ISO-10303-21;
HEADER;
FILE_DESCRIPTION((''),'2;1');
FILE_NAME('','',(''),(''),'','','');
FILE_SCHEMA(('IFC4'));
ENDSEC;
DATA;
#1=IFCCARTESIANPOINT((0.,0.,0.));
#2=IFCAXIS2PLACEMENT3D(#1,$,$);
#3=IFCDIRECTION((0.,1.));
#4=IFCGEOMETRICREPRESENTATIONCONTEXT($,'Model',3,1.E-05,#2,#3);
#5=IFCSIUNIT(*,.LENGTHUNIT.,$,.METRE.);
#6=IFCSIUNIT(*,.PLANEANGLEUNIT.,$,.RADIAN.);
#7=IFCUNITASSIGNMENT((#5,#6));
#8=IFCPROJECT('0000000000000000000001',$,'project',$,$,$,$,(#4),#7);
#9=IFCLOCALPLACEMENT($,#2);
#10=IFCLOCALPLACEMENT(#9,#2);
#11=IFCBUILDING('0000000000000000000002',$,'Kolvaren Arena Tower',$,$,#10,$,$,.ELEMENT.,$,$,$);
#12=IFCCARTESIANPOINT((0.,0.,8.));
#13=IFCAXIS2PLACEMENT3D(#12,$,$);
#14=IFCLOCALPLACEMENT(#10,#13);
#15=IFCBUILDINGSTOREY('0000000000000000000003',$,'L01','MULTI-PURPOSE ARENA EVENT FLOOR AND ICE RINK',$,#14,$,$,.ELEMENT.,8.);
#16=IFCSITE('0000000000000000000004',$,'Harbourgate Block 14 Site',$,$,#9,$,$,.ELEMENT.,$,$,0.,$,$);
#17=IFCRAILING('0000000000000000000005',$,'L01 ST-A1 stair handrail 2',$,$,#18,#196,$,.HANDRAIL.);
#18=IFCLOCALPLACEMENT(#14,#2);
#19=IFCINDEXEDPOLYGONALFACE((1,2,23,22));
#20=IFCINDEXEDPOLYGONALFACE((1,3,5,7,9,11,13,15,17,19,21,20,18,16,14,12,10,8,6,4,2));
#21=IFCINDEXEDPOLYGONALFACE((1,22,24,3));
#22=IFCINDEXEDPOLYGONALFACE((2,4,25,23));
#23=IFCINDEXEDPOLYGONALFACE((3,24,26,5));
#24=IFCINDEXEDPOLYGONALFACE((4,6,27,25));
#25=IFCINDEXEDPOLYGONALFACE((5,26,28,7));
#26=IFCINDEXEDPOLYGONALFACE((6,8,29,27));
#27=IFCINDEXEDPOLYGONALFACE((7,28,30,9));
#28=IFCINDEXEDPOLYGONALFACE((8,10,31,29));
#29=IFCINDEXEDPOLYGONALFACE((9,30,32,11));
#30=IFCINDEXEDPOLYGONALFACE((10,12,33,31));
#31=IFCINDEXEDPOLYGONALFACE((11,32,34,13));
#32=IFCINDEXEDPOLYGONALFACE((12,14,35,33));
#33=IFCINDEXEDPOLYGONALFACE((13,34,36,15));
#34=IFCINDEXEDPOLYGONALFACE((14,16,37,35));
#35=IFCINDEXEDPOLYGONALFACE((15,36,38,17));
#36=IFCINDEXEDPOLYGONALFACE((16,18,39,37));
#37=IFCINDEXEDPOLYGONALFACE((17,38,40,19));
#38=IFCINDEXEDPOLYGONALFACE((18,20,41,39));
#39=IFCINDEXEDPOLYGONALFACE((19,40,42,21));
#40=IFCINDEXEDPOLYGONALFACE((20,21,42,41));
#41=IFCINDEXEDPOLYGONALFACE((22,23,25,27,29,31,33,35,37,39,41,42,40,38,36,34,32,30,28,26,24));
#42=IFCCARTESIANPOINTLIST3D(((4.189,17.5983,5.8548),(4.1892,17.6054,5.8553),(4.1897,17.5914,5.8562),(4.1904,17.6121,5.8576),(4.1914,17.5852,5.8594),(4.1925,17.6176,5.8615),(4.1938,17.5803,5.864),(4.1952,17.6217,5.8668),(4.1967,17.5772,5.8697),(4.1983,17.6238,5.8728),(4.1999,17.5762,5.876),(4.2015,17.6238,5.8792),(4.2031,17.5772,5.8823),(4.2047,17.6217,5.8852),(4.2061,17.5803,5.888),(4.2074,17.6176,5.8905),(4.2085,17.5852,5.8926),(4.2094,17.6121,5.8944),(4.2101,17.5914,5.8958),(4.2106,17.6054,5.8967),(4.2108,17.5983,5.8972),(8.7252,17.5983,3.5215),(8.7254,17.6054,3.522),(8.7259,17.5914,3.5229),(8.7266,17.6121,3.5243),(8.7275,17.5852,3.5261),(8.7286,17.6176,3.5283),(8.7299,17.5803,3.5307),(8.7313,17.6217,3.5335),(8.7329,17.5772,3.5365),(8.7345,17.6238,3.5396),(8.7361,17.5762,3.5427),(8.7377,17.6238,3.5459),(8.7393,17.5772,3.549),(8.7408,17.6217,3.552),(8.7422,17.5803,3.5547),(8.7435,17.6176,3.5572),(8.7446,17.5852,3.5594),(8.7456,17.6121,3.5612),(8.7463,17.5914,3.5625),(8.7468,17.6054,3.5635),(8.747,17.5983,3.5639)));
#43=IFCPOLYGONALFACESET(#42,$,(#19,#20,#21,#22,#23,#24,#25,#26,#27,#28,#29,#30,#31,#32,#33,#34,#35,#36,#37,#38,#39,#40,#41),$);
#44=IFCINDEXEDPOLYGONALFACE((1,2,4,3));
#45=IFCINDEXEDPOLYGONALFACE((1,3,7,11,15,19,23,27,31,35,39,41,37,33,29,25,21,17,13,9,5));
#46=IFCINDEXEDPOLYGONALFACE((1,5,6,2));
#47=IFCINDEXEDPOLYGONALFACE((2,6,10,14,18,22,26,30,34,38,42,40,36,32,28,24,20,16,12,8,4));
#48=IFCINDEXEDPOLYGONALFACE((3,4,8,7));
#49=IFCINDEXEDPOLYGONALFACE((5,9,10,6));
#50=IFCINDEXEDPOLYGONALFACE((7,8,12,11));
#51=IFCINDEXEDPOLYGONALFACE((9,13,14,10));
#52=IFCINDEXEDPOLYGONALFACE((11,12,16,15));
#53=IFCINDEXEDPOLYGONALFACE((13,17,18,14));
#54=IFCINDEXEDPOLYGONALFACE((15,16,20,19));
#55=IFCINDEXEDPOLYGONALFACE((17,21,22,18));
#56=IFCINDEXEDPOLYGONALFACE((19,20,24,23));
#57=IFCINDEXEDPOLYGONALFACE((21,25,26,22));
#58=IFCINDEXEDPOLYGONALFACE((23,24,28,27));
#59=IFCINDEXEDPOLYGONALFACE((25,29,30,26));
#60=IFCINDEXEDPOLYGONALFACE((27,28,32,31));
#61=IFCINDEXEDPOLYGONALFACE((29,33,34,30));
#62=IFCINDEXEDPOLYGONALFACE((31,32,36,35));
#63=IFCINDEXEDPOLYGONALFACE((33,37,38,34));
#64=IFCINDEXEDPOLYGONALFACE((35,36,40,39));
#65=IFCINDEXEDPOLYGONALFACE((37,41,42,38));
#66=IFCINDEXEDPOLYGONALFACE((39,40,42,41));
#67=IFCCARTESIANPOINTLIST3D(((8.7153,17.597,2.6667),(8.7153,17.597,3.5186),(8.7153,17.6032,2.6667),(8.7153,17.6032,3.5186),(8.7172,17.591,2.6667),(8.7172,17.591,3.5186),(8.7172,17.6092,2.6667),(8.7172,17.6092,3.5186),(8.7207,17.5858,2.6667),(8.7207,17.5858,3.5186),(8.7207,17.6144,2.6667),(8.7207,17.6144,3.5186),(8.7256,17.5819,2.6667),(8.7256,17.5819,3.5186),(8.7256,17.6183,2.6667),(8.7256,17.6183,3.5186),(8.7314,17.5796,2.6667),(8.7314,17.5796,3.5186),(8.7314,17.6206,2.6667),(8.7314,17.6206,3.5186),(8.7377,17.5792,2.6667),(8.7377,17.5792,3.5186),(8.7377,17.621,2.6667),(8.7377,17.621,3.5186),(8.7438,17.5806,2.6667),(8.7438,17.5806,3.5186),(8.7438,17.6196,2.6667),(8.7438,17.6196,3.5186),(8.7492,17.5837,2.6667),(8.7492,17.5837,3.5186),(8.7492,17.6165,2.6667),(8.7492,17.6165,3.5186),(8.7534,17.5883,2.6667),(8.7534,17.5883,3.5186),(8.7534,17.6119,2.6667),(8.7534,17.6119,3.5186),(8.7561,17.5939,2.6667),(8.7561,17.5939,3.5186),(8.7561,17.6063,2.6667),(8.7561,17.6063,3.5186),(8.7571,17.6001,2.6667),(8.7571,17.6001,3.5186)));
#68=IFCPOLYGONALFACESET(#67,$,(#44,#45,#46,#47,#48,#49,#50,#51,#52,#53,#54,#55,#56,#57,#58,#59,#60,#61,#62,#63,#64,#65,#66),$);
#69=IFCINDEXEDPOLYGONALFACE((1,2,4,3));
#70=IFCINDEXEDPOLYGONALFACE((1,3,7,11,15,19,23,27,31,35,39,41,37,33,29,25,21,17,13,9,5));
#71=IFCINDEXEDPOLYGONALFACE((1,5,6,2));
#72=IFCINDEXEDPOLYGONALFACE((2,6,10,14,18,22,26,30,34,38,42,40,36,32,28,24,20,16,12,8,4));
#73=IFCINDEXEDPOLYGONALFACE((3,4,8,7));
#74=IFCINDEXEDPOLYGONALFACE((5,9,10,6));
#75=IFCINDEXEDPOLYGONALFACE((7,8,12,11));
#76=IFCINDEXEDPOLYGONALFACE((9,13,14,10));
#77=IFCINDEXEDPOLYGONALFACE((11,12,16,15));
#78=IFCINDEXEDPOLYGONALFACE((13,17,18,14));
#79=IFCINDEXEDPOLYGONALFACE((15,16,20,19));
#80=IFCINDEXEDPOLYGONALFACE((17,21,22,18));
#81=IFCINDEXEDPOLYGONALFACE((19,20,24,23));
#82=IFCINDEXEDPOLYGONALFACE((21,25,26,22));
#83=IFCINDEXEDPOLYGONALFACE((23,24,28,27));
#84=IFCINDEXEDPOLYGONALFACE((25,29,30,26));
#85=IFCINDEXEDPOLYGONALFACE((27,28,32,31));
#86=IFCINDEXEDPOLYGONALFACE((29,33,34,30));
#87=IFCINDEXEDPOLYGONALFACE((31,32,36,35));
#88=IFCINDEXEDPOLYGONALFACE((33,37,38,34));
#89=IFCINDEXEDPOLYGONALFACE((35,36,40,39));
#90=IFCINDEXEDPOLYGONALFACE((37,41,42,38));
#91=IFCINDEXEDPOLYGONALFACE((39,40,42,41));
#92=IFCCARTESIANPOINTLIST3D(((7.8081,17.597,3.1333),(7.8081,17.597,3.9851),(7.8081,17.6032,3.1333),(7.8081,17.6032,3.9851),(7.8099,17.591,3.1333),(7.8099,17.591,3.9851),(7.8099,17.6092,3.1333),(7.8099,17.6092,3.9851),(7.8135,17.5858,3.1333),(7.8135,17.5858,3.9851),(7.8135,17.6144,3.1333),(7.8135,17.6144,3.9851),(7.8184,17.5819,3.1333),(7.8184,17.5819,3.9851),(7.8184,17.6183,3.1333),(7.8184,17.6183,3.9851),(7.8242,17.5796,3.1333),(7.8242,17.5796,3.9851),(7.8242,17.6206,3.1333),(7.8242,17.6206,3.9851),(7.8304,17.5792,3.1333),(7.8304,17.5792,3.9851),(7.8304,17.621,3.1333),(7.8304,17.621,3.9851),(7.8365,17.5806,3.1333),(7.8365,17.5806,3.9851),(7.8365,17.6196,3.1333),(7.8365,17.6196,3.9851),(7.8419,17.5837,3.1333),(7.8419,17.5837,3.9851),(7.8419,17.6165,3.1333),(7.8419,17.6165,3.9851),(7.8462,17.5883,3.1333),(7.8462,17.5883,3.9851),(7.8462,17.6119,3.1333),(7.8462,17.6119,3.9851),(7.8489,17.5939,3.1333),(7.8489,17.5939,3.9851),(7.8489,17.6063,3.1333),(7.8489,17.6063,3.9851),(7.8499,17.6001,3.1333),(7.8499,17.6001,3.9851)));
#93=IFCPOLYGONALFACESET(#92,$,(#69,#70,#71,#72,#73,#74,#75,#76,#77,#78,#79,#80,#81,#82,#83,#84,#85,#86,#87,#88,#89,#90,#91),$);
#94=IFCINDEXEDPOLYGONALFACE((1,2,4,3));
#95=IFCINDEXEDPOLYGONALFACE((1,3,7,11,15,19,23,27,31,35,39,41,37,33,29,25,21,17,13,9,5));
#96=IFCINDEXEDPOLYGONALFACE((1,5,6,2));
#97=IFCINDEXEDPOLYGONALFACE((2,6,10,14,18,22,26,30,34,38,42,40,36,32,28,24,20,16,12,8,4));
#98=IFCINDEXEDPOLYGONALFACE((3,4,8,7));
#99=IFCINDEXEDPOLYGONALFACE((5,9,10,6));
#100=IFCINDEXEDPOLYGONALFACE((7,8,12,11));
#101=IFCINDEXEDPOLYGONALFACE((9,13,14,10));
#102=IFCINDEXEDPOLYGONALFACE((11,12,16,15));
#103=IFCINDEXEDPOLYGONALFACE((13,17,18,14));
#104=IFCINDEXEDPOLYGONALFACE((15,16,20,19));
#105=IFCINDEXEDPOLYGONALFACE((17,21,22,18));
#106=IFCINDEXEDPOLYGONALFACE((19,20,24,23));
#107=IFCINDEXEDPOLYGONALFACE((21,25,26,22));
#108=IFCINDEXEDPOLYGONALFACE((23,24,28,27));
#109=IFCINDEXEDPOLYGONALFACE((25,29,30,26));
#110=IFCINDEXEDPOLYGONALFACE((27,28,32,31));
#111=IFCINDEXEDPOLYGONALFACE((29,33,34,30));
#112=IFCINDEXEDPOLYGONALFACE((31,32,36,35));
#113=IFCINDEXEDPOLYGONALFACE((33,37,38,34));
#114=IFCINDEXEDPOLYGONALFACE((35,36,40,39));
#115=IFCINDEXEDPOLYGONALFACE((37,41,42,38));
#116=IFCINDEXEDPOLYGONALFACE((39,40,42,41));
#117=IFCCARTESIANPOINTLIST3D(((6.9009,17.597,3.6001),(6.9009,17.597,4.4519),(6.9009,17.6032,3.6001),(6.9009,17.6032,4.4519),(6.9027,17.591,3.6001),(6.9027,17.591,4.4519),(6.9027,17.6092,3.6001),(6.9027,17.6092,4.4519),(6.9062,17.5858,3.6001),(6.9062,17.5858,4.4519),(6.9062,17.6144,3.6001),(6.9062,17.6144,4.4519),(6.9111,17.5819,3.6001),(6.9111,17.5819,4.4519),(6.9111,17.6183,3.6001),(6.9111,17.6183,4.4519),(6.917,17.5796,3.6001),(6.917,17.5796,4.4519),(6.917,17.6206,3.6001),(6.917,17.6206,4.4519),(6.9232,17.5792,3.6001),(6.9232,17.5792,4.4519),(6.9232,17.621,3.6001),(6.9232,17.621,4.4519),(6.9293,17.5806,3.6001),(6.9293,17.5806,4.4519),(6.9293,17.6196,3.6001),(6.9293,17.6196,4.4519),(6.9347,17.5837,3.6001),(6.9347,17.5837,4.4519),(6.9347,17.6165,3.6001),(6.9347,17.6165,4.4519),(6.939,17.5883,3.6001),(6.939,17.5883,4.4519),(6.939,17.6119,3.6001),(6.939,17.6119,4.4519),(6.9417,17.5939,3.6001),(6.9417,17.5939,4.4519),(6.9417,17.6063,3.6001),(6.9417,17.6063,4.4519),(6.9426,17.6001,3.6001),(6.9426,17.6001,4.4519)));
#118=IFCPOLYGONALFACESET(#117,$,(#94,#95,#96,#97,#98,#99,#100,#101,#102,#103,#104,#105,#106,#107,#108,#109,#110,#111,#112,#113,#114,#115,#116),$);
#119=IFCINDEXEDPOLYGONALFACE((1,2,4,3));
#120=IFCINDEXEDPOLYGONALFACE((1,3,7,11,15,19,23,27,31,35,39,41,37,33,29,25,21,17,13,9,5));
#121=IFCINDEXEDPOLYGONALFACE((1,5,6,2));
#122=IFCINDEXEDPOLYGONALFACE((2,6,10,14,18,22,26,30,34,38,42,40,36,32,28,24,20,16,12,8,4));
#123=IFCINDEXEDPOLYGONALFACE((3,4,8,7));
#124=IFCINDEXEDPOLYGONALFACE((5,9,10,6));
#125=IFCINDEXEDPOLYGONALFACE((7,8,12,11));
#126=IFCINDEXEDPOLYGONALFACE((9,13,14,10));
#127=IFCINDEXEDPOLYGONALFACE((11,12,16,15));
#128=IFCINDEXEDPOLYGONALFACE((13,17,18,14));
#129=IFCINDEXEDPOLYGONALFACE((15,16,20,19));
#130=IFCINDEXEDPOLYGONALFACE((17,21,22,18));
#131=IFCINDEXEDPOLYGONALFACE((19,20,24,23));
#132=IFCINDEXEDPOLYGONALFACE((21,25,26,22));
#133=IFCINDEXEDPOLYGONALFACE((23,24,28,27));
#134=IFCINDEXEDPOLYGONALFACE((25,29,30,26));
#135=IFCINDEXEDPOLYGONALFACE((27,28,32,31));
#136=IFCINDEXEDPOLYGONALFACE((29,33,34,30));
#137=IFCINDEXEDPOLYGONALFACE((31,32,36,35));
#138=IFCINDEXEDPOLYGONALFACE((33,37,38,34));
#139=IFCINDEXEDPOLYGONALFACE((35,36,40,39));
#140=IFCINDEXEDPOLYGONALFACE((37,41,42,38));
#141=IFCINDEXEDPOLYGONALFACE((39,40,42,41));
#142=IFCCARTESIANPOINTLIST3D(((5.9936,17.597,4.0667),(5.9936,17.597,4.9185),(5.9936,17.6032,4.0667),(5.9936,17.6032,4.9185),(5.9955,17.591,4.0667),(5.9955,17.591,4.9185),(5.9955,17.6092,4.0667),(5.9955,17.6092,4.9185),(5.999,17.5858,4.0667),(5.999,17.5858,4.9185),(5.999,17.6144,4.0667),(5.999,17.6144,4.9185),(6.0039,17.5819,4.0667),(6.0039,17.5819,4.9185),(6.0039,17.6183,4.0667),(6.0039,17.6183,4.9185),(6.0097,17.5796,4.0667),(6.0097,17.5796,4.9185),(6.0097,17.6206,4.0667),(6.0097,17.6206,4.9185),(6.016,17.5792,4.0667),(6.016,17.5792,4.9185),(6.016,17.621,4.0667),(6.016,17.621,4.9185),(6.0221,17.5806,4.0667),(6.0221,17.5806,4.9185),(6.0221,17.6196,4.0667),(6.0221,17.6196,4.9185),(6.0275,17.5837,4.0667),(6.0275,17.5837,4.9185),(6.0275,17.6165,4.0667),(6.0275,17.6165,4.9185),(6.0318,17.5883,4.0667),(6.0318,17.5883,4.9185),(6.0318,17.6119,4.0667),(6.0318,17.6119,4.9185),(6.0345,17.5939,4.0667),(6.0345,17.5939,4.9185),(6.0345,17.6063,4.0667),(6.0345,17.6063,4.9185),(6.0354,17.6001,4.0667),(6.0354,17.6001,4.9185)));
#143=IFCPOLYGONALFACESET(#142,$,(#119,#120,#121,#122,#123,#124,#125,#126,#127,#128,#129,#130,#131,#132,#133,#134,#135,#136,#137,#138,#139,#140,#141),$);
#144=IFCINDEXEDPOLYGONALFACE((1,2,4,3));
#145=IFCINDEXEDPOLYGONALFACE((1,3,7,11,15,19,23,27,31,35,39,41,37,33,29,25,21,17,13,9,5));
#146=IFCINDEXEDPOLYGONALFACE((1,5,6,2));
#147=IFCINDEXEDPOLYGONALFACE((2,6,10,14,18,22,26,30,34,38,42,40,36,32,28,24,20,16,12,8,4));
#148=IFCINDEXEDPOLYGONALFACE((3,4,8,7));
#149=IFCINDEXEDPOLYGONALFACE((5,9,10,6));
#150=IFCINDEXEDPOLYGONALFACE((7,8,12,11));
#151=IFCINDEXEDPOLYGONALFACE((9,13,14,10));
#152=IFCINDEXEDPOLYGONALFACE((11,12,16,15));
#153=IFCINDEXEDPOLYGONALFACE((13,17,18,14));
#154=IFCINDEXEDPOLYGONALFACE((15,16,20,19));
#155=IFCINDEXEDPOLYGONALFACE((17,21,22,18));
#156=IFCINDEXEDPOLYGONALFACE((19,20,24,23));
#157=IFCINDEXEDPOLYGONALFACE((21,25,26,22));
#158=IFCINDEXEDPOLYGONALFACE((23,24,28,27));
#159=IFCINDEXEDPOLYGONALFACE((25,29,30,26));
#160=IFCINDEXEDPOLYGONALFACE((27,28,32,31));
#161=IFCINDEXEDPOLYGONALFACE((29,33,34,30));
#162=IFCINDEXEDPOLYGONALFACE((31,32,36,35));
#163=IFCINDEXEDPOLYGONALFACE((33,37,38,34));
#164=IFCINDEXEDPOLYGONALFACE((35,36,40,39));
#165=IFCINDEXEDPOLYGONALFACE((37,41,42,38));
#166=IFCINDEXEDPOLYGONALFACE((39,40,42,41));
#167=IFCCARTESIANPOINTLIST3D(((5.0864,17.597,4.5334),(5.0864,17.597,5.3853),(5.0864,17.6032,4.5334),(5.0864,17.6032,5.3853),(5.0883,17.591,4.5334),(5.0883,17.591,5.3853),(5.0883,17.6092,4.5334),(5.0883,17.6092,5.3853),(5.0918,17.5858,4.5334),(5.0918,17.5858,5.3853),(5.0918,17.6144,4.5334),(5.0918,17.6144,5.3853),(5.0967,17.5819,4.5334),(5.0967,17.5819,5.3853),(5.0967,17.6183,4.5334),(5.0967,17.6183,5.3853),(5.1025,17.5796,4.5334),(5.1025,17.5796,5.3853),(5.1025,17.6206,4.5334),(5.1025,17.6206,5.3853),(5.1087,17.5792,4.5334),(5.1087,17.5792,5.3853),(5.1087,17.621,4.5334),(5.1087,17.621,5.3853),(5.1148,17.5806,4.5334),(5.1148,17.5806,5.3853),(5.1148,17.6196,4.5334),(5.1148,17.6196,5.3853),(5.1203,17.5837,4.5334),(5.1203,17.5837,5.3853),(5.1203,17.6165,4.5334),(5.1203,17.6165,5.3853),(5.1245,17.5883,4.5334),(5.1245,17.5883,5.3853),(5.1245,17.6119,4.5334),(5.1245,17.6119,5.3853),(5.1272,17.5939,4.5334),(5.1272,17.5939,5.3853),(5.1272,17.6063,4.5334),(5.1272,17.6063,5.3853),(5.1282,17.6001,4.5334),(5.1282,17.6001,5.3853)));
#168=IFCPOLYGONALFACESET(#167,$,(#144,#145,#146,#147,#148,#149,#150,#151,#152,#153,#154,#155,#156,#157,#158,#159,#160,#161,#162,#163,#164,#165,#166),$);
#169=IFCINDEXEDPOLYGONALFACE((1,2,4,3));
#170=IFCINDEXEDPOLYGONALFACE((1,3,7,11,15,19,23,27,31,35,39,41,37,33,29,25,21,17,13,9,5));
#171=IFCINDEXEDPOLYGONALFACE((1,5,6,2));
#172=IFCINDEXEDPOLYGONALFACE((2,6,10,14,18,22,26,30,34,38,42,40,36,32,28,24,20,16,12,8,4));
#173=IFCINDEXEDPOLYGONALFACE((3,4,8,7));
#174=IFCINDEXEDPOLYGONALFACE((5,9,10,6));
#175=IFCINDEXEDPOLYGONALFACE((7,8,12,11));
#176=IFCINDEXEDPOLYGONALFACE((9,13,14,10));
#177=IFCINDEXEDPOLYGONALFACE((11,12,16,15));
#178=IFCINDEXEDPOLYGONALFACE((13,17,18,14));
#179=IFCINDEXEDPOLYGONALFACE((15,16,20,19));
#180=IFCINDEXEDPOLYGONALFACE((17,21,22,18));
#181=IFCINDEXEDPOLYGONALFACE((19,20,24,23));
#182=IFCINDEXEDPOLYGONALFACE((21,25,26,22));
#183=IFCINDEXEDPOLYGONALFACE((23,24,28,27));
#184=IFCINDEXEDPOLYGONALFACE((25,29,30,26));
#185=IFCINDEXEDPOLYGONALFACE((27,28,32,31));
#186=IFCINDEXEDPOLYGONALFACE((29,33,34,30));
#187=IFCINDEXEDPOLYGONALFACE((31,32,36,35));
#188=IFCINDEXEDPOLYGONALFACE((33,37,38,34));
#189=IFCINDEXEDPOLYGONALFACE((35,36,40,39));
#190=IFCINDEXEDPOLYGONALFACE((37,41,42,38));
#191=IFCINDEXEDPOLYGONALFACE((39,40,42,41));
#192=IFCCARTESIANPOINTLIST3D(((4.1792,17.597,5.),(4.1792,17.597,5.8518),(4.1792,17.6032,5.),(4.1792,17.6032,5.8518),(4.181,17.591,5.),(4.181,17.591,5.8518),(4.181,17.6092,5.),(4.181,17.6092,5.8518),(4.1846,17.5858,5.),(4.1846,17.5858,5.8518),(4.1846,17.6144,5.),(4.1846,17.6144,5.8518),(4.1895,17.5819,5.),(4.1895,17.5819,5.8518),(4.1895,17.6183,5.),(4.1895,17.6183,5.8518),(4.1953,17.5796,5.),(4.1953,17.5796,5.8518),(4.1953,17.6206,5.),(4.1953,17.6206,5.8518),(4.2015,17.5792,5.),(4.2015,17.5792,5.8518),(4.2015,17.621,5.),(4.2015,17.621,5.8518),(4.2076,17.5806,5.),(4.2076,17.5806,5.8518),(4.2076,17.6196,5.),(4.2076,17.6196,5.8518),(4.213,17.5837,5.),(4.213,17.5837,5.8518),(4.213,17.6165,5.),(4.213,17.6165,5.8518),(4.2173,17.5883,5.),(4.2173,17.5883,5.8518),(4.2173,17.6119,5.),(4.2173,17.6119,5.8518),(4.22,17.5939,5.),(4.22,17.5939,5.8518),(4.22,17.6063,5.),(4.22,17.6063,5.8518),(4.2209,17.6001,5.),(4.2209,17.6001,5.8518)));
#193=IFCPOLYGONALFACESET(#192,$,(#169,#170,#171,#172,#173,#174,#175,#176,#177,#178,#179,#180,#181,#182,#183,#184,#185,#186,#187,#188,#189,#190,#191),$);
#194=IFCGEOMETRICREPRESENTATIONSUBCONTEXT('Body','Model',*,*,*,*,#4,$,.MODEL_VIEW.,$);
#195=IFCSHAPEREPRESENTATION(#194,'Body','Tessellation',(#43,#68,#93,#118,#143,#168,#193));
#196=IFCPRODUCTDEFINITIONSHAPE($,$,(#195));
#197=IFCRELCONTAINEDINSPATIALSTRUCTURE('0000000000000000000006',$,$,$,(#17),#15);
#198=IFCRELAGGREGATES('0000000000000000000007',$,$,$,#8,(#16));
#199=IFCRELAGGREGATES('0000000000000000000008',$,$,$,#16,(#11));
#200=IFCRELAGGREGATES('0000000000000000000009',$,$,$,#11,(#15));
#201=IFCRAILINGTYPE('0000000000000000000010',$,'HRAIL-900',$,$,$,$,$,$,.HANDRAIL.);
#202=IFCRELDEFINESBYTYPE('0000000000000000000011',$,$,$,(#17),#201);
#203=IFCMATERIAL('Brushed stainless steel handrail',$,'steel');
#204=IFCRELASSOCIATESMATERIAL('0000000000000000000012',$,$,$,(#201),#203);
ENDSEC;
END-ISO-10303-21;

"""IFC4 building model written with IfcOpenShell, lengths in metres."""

from ifc_helpers import new_model, si_unit, direction, frame, origin, origin_2d, place, context, subcontext, project, spatial, circle, extrude, material, type_object, element, save


model = new_model("IFC4")

# Units and contexts
model_context = context("Model", 3, precision=1e-05, world=origin(), true_north=direction((0.0, 1.0)))
body_context = subcontext(model_context, "Body", "Model", "MODEL_VIEW")
ifc_project = project(units=[si_unit("LENGTHUNIT", "METRE"), si_unit("PLANEANGLEUNIT", "RADIAN")], contexts=[model_context])

# Site, building, storey
site_placement = place(None, origin())
site = spatial("IfcSite", under=ifc_project, at=site_placement, Name="Harbourgate Block 14 Site", CompositionType="ELEMENT", RefElevation=0.0)
building_placement = place(site_placement, origin())
building = spatial("IfcBuilding", under=site, at=building_placement, Name="Kolvaren Arena Tower", CompositionType="ELEMENT")
storey_placement = place(building_placement, frame((0.0, 0.0, 8.0)))
storey = spatial("IfcBuildingStorey", under=building, at=storey_placement, Name="L01", Description="MULTI-PURPOSE ARENA EVENT FLOOR AND ICE RINK", CompositionType="ELEMENT", Elevation=8.0)

# Railing
ifc_material_1 = material(Name="Brushed stainless steel handrail", Category="steel")
railing_type_1 = type_object("IfcRailingType", Name="HRAIL-900", PredefinedType="HANDRAIL", material=ifc_material_1)
railing_1_placement = place(storey_placement, frame((8.7361, 17.6001, 2.6667)))
element("IfcRailing", 1, at=railing_1_placement, inside=storey, type_object=railing_type_1, Name="L01 ST-A1 stair handrail 2", PredefinedType="HANDRAIL", context=body_context, shape_type="SweptSolid", body=[
    extrude(circle(Radius=0.0239, at=origin_2d()), frame((0.0, 0.0, 0.876), z_axis=(-0.889257, 0.0, 0.457407), x_axis=(0.0, -1.0, 0.0)), (0.0, 0.0, 1.0), 5.1011),
    extrude(circle(Radius=0.021, at=origin_2d()), origin(), (0.0, 0.0, 1.0), 0.8518),
    extrude(circle(Radius=0.021, at=origin_2d()), frame((-0.9072, 0.0, 0.4666)), (0.0, 0.0, 1.0), 0.8518),
    extrude(circle(Radius=0.021, at=origin_2d()), frame((-1.8145, 0.0, 0.9333)), (0.0, 0.0, 1.0), 0.8518),
    extrude(circle(Radius=0.021, at=origin_2d()), frame((-2.7217, 0.0, 1.3999)), (0.0, 0.0, 1.0), 0.8518),
    extrude(circle(Radius=0.021, at=origin_2d()), frame((-3.6289, 0.0, 1.8667)), (0.0, 0.0, 1.0), 0.8518),
    extrude(circle(Radius=0.021, at=origin_2d()), frame((-4.5361, 0.0, 2.3333)), (0.0, 0.0, 1.0), 0.8518),
])

save(model, "model.ifc")
